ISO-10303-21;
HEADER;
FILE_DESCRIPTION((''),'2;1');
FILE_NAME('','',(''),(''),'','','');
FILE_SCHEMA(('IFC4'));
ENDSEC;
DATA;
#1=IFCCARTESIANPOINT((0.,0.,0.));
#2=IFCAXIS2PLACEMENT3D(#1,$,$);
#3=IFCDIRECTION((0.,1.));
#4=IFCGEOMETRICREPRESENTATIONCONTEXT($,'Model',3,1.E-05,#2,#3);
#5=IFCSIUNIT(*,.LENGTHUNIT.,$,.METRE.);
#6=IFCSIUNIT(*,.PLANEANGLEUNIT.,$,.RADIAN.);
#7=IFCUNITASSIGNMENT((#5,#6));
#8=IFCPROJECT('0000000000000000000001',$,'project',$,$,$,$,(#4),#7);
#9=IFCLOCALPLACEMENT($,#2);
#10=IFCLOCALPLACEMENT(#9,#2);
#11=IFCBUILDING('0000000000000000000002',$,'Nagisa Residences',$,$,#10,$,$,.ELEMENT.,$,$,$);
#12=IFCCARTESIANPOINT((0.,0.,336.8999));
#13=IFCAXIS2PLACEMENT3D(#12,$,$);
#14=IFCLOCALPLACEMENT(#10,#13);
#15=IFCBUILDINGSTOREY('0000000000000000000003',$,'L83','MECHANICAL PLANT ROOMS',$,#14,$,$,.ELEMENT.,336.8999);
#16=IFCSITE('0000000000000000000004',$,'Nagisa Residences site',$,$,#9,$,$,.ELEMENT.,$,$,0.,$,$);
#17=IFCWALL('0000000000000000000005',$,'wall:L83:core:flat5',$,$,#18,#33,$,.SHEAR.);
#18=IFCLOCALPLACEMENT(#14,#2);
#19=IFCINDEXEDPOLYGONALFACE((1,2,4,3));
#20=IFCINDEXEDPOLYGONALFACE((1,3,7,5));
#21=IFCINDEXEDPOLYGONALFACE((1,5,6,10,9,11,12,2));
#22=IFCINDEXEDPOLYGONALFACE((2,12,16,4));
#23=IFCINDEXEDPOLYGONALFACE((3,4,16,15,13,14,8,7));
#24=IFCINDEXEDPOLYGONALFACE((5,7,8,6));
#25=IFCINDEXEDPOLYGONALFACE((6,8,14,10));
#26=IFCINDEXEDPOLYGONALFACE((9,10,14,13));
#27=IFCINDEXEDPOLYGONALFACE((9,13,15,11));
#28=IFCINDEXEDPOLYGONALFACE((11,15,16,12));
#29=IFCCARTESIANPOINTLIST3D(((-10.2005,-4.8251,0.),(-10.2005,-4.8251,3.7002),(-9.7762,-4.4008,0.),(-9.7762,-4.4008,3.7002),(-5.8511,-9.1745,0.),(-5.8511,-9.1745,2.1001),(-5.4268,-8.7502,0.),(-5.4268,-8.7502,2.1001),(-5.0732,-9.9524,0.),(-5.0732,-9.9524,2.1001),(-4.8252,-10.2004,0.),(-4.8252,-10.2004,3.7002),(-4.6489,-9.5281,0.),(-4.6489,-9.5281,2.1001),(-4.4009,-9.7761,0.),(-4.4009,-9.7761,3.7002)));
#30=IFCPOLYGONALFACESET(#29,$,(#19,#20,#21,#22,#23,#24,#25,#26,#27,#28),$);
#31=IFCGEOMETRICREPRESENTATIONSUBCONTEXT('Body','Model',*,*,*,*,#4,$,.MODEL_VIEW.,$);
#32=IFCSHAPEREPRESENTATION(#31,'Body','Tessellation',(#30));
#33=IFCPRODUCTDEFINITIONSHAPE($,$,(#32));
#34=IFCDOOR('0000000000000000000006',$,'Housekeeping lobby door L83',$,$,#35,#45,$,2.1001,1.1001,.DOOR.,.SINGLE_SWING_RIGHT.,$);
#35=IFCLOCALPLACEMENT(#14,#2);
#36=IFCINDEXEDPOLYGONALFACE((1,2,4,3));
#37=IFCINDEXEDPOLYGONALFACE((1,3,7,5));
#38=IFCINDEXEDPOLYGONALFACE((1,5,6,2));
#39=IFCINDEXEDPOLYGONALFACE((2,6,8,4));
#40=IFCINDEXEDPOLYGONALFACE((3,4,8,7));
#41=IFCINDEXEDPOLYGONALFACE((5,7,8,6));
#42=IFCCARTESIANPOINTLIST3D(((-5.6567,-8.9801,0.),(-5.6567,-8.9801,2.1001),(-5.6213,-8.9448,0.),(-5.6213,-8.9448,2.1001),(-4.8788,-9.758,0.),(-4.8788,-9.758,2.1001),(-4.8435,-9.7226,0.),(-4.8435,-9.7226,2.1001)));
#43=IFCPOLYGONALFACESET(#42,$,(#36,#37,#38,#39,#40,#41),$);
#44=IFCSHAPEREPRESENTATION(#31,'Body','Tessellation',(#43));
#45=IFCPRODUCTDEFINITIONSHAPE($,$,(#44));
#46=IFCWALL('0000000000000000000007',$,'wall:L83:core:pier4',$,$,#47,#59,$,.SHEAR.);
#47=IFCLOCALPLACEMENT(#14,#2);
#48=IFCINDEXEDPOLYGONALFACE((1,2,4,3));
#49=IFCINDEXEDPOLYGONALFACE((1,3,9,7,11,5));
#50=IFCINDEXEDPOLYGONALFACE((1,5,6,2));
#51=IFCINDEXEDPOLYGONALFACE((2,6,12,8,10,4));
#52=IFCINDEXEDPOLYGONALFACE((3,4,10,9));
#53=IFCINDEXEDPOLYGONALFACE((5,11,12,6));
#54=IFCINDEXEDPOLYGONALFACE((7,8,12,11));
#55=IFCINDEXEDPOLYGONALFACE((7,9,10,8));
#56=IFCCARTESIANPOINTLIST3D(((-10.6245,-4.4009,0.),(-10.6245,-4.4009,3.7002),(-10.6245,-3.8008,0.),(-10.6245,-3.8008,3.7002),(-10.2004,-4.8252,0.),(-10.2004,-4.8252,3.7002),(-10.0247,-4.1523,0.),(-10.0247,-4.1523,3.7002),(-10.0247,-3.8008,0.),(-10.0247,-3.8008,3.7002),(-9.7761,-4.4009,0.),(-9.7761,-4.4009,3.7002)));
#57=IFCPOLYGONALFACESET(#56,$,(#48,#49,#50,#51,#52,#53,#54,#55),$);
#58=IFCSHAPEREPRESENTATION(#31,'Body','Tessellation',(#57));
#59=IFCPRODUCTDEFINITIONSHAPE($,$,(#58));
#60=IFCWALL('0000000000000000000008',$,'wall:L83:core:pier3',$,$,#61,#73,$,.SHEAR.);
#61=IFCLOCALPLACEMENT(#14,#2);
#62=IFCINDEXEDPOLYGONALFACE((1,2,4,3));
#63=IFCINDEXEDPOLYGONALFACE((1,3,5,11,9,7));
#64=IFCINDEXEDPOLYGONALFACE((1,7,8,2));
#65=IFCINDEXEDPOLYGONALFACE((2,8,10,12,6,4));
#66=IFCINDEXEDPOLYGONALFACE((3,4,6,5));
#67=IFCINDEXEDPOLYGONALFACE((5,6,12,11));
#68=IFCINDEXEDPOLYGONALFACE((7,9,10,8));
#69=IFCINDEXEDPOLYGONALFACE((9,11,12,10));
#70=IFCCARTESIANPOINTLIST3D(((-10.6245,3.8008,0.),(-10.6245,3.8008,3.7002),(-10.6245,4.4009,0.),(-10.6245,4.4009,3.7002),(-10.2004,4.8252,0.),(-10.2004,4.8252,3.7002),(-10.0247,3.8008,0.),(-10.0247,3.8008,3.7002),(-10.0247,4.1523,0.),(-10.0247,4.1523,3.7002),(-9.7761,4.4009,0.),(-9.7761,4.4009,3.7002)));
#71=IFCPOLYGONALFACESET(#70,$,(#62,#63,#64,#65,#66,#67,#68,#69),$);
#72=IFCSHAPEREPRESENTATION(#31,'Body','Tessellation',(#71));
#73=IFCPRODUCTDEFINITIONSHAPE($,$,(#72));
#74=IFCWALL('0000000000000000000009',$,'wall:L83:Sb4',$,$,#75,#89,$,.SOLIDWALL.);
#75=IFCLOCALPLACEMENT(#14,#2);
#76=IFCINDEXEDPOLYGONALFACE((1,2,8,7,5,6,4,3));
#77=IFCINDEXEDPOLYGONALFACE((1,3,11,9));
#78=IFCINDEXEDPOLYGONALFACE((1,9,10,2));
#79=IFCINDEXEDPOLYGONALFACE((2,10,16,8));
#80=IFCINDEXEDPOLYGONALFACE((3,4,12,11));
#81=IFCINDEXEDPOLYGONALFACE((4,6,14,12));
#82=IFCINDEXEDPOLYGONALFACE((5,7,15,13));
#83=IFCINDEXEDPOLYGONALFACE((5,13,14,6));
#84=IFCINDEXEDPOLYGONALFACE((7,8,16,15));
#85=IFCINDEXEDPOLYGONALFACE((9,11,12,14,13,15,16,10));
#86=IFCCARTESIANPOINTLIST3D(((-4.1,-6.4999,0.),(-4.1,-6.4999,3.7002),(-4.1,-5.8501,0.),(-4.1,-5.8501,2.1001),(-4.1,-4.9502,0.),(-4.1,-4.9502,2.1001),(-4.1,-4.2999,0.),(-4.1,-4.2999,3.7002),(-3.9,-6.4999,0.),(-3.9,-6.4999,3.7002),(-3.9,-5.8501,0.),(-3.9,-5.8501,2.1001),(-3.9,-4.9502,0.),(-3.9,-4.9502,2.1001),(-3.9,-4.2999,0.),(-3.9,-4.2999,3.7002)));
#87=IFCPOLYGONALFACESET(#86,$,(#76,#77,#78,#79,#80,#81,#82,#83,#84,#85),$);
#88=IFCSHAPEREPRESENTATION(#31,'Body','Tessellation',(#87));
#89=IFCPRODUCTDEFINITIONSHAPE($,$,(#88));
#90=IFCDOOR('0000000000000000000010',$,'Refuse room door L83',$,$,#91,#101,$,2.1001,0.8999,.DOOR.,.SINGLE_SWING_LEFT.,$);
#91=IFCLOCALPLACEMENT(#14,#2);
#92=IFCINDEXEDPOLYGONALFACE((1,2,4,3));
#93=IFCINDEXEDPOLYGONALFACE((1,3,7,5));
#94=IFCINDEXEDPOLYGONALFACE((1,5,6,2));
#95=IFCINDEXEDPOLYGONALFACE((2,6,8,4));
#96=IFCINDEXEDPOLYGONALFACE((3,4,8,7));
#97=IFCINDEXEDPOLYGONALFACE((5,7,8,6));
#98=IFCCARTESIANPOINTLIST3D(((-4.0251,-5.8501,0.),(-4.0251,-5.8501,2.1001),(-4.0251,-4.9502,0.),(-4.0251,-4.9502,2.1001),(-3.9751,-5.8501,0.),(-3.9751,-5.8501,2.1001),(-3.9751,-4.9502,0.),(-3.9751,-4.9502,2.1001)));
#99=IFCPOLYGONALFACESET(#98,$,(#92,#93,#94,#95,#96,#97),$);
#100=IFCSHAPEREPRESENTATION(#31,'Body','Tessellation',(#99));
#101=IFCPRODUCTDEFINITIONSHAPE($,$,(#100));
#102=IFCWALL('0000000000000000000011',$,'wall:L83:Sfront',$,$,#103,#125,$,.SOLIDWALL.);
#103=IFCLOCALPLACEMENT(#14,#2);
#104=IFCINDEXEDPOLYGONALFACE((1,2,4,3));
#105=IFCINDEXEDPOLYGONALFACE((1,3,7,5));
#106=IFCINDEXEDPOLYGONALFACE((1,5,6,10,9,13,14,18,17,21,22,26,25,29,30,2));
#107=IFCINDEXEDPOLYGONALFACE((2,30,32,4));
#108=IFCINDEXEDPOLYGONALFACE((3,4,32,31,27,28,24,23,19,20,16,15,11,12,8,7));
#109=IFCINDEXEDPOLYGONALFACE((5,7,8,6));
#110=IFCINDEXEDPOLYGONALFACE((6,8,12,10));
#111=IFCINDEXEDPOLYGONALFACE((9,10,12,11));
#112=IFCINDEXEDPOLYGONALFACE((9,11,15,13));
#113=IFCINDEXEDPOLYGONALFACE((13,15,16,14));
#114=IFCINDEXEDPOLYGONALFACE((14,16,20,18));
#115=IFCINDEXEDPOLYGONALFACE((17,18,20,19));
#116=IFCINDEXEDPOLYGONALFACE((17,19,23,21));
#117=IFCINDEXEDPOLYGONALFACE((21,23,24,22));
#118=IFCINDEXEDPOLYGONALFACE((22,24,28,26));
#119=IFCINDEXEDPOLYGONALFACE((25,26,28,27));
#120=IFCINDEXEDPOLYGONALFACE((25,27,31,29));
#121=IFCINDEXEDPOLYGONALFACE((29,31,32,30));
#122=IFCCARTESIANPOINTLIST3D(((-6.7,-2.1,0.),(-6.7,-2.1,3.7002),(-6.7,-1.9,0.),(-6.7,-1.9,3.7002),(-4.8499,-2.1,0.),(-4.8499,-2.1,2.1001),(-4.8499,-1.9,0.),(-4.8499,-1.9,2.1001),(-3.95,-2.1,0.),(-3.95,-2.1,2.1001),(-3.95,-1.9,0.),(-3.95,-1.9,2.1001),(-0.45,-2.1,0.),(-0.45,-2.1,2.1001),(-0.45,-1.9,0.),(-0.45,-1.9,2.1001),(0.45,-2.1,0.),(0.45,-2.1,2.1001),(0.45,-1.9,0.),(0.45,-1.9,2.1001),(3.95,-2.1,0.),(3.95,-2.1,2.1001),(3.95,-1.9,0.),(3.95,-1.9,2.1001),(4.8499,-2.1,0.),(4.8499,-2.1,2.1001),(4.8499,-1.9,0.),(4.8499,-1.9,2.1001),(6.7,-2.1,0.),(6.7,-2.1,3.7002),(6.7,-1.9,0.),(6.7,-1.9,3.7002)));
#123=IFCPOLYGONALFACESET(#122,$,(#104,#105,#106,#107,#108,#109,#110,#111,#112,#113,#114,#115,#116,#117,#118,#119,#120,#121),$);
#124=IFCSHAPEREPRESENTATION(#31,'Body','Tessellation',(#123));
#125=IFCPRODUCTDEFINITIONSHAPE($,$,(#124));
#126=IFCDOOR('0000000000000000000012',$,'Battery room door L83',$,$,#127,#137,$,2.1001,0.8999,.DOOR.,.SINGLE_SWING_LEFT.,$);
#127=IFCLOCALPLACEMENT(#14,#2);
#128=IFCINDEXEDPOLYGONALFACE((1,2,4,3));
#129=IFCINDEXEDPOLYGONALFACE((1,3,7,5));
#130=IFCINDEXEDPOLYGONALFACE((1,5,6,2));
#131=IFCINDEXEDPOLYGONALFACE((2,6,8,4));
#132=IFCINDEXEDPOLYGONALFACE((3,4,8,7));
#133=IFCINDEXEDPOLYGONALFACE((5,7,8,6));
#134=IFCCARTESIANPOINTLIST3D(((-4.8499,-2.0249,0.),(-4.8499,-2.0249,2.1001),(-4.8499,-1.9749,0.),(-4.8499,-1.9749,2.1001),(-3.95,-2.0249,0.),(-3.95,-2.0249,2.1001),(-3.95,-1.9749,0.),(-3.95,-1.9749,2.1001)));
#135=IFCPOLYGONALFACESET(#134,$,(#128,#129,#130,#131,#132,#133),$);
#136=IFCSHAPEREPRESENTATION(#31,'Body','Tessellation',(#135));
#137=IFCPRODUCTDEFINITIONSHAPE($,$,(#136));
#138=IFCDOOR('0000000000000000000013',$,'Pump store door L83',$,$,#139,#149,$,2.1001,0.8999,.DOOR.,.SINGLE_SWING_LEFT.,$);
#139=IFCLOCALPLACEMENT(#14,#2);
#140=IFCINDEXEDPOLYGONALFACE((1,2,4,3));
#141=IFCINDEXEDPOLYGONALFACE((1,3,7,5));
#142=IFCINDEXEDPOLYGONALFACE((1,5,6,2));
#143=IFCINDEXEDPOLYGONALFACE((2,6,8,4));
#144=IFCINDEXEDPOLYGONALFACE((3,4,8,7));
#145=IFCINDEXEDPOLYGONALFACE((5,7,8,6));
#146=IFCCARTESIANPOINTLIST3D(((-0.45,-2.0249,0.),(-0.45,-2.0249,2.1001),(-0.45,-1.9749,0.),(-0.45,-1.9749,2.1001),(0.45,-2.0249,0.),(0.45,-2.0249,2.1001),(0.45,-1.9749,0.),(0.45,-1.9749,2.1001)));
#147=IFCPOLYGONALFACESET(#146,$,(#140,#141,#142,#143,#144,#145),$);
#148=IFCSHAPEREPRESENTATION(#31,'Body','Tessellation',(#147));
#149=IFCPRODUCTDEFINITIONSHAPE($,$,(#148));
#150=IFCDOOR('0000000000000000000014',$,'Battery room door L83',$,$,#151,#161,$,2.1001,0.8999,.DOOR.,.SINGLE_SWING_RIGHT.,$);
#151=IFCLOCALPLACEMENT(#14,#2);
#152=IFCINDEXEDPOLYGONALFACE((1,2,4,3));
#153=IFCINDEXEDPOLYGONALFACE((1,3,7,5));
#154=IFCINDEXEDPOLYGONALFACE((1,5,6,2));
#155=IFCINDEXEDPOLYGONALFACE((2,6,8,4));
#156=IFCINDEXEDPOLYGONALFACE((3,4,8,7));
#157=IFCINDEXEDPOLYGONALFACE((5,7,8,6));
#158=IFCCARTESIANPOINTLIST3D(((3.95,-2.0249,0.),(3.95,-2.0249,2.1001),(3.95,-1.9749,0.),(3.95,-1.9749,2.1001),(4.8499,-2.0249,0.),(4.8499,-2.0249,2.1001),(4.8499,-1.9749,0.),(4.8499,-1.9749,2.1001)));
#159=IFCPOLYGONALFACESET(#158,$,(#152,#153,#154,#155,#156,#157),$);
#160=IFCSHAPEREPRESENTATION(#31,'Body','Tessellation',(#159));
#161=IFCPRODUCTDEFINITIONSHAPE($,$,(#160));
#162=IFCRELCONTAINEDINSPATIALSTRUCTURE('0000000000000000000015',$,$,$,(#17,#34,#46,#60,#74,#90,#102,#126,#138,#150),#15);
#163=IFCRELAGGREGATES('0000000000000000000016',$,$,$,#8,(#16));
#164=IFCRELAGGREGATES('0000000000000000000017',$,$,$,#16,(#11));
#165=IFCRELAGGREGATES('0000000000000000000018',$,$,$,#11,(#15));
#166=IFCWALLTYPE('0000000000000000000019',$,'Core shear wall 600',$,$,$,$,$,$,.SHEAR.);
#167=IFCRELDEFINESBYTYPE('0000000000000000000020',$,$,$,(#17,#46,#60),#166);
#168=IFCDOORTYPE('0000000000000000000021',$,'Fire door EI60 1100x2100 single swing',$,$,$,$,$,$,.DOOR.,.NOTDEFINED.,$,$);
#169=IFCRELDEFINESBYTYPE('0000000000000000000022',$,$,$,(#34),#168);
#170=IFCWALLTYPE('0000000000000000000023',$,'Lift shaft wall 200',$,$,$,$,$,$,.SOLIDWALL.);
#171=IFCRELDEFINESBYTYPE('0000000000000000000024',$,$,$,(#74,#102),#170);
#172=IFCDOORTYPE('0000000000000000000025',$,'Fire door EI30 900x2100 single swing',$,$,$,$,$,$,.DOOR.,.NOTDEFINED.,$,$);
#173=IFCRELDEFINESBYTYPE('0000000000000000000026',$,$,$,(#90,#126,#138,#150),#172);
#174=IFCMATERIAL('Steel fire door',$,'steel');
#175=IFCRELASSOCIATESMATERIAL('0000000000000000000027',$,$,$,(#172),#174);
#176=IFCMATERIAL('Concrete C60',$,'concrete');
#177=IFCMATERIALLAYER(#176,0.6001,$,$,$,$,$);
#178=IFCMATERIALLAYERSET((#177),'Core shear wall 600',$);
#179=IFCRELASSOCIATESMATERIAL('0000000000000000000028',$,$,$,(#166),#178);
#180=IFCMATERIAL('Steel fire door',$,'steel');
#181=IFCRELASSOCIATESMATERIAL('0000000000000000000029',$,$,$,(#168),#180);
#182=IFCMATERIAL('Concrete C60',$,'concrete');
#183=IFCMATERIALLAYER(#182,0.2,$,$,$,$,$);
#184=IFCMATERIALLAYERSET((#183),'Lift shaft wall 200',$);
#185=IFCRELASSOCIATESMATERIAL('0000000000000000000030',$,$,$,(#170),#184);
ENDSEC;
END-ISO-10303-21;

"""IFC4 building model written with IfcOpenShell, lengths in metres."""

from ifc_helpers import new_model, si_unit, direction, frame, frame_2d, origin, place, context, subcontext, project, spatial, polyline, rectangle, outline, extrude, material, layer, layer_set, type_object, element, fill, save


model = new_model("IFC4")

# Units and contexts
model_context = context("Model", 3, precision=1e-05, world=origin(), true_north=direction((0.0, 1.0)))
body_context = subcontext(model_context, "Body", "Model", "MODEL_VIEW")
ifc_project = project(units=[si_unit("LENGTHUNIT", "METRE"), si_unit("PLANEANGLEUNIT", "RADIAN")], contexts=[model_context])

# Site, building, storey
site_placement = place(None, origin())
site = spatial("IfcSite", under=ifc_project, at=site_placement, Name="Nagisa Residences site", CompositionType="ELEMENT", RefElevation=0.0)
building_placement = place(site_placement, origin())
building = spatial("IfcBuilding", under=site, at=building_placement, Name="Nagisa Residences", CompositionType="ELEMENT")
storey_placement = place(building_placement, frame((0.0, 0.0, 336.8999)))
storey = spatial("IfcBuildingStorey", under=building, at=storey_placement, Name="L83", Description="MECHANICAL PLANT ROOMS", CompositionType="ELEMENT", Elevation=336.8999)

# Shared definitions
ifc_material_1 = material(Name="Steel fire door", Category="steel")
door_type_1 = type_object("IfcDoorType", Name="Fire door EI30 900x2100 single swing", OperationType="NOTDEFINED", PredefinedType="DOOR", material=ifc_material_1)

# Wall, opening, door
ifc_material_2 = material(Name="Concrete C60", Category="concrete")
ifc_layer_1 = layer(ifc_material_2, 0.6001)
ifc_layer_set_1 = layer_set([ifc_layer_1], Name="Core shear wall 600")
wall_type_1 = type_object("IfcWallType", Name="Core shear wall 600", PredefinedType="SHEAR", material=ifc_layer_set_1)
wall_1_placement = place(storey_placement, frame((-9.9883, -4.613, 0.0), z_axis=(0.0, 0.0, 1.0), x_axis=(0.707107, -0.707107, 0.0)))
wall_1 = element("IfcWall", 1, at=wall_1_placement, inside=storey, type_object=wall_type_1, Name="wall:L83:core:flat5", PredefinedType="SHEAR", context=body_context, shape_type="SweptSolid", body=[
    extrude(rectangle(XDim=7.6018, YDim=0.6001, at=frame_2d((3.8008, 0.0))), origin(), (0.0, 0.0, 1.0), 3.7002),
])
opening_1_placement = place(wall_1_placement, frame((6.1509, 0.0, 0.0)))
opening_1 = element("IfcOpeningElement", 2, at=opening_1_placement, cuts=wall_1, PredefinedType="OPENING", context=body_context, shape_type="SweptSolid", body=[
    extrude(rectangle(XDim=1.1001, YDim=2.1001, at=frame_2d((0.55, 1.05))), frame((0.0, 0.3101, 0.0), z_axis=(0.0, -1.0, 0.0), x_axis=(1.0, 0.0, 0.0)), (0.0, 0.0, 1.0), 0.6201),
])
ifc_material_3 = material(Name="Steel fire door", Category="steel")
door_type_2 = type_object("IfcDoorType", Name="Fire door EI60 1100x2100 single swing", OperationType="NOTDEFINED", PredefinedType="DOOR", material=ifc_material_3)
door_1_placement = place(opening_1_placement, origin())
door_1 = element("IfcDoor", 3, at=door_1_placement, inside=storey, type_object=door_type_2, Name="Housekeeping lobby door L83", OperationType="SINGLE_SWING_RIGHT", OverallHeight=2.1001, OverallWidth=1.1001, PredefinedType="DOOR", context=body_context, shape_type="SweptSolid", body=[
    extrude(rectangle(XDim=1.1001, YDim=2.1001, at=frame_2d((0.55, 1.05))), frame((0.0, 0.0249, 0.0), z_axis=(0.0, -1.0, 0.0), x_axis=(1.0, 0.0, 0.0)), (0.0, 0.0, 1.0), 0.05),
])
fill(opening_1, door_1)

# Walls
wall_2_placement = place(storey_placement, origin())
element("IfcWall", 4, at=wall_2_placement, inside=storey, type_object=wall_type_1, Name="wall:L83:core:pier4", PredefinedType="SHEAR", context=body_context, shape_type="SweptSolid", body=[
    extrude(outline(polyline([(-10.6245, -3.8008), (-10.0247, -3.8008), (-10.0247, -4.1523), (-9.7761, -4.4009), (-10.2004, -4.8252), (-10.6245, -4.4009), (-10.6245, -3.8008)])), origin(), (0.0, 0.0, 1.0), 3.7002),
])
wall_3_placement = place(storey_placement, origin())
element("IfcWall", 5, at=wall_3_placement, inside=storey, type_object=wall_type_1, Name="wall:L83:core:pier3", PredefinedType="SHEAR", context=body_context, shape_type="SweptSolid", body=[
    extrude(outline(polyline([(-10.2004, 4.8252), (-9.7761, 4.4009), (-10.0247, 4.1523), (-10.0247, 3.8008), (-10.6245, 3.8008), (-10.6245, 4.4009), (-10.2004, 4.8252)])), origin(), (0.0, 0.0, 1.0), 3.7002),
])

# Wall, opening, door
ifc_material_4 = material(Name="Concrete C60", Category="concrete")
ifc_layer_2 = layer(ifc_material_4, 0.2)
ifc_layer_set_2 = layer_set([ifc_layer_2], Name="Lift shaft wall 200")
wall_type_2 = type_object("IfcWallType", Name="Lift shaft wall 200", PredefinedType="SOLIDWALL", material=ifc_layer_set_2)
wall_4_placement = place(storey_placement, frame((-4.0, -6.5, 0.0), z_axis=(0.0, 0.0, 1.0), x_axis=(0.0, 1.0, 0.0)))
wall_4 = element("IfcWall", 6, at=wall_4_placement, inside=storey, type_object=wall_type_2, Name="wall:L83:Sb4", PredefinedType="SOLIDWALL", context=body_context, shape_type="SweptSolid", body=[
    extrude(rectangle(XDim=2.2, YDim=0.2, at=frame_2d((1.1001, 0.0))), origin(), (0.0, 0.0, 1.0), 3.7002),
])
opening_2_placement = place(wall_4_placement, frame((0.6499, 0.0, 0.0)))
opening_2 = element("IfcOpeningElement", 7, at=opening_2_placement, cuts=wall_4, PredefinedType="OPENING", context=body_context, shape_type="SweptSolid", body=[
    extrude(rectangle(XDim=0.8999, YDim=2.1001, at=frame_2d((0.45, 1.05))), frame((0.0, 0.1099, 0.0), z_axis=(0.0, -1.0, 0.0), x_axis=(1.0, 0.0, 0.0)), (0.0, 0.0, 1.0), 0.22),
])
door_2_placement = place(opening_2_placement, frame((0.8999, 0.0, 0.0), x_axis=(-1.0, 0.0, 0.0)))
door_2 = element("IfcDoor", 8, at=door_2_placement, inside=storey, type_object=door_type_1, Name="Refuse room door L83", OperationType="SINGLE_SWING_LEFT", OverallHeight=2.1001, OverallWidth=0.8999, PredefinedType="DOOR", context=body_context, shape_type="SweptSolid", body=[
    extrude(rectangle(XDim=0.8999, YDim=2.1001, at=frame_2d((0.45, 1.05))), frame((0.0, 0.0249, 0.0), z_axis=(0.0, -1.0, 0.0), x_axis=(1.0, 0.0, 0.0)), (0.0, 0.0, 1.0), 0.05),
])
fill(opening_2, door_2)

# Wall, openings, doors
wall_5_placement = place(storey_placement, frame((-6.7, -2.0, 0.0), z_axis=(0.0, 0.0, 1.0), x_axis=(1.0, 0.0, 0.0)))
wall_5 = element("IfcWall", 9, at=wall_5_placement, inside=storey, type_object=wall_type_2, Name="wall:L83:Sfront", PredefinedType="SOLIDWALL", context=body_context, shape_type="SweptSolid", body=[
    extrude(rectangle(XDim=13.3999, YDim=0.2, at=frame_2d((6.7, 0.0))), origin(), (0.0, 0.0, 1.0), 3.7002),
])
opening_3_placement = place(wall_5_placement, frame((1.8501, 0.0, 0.0)))
opening_3 = element("IfcOpeningElement", 10, at=opening_3_placement, cuts=wall_5, PredefinedType="OPENING", context=body_context, shape_type="SweptSolid", body=[
    extrude(rectangle(XDim=0.8999, YDim=2.1001, at=frame_2d((0.45, 1.05))), frame((0.0, 0.1099, 0.0), z_axis=(0.0, -1.0, 0.0), x_axis=(1.0, 0.0, 0.0)), (0.0, 0.0, 1.0), 0.22),
])
opening_4_placement = place(wall_5_placement, frame((6.25, 0.0, 0.0)))
opening_4 = element("IfcOpeningElement", 11, at=opening_4_placement, cuts=wall_5, PredefinedType="OPENING", context=body_context, shape_type="SweptSolid", body=[
    extrude(rectangle(XDim=0.8999, YDim=2.1001, at=frame_2d((0.45, 1.05))), frame((0.0, 0.1099, 0.0), z_axis=(0.0, -1.0, 0.0), x_axis=(1.0, 0.0, 0.0)), (0.0, 0.0, 1.0), 0.22),
])
opening_5_placement = place(wall_5_placement, frame((10.6499, 0.0, 0.0)))
opening_5 = element("IfcOpeningElement", 12, at=opening_5_placement, cuts=wall_5, PredefinedType="OPENING", context=body_context, shape_type="SweptSolid", body=[
    extrude(rectangle(XDim=0.8999, YDim=2.1001, at=frame_2d((0.45, 1.05))), frame((0.0, 0.1099, 0.0), z_axis=(0.0, -1.0, 0.0), x_axis=(1.0, 0.0, 0.0)), (0.0, 0.0, 1.0), 0.22),
])
door_3_placement = place(opening_3_placement, frame((0.8999, 0.0, 0.0), x_axis=(-1.0, 0.0, 0.0)))
door_3 = element("IfcDoor", 13, at=door_3_placement, inside=storey, type_object=door_type_1, Name="Battery room door L83", OperationType="SINGLE_SWING_LEFT", OverallHeight=2.1001, OverallWidth=0.8999, PredefinedType="DOOR", context=body_context, shape_type="SweptSolid", body=[
    extrude(rectangle(XDim=0.8999, YDim=2.1001, at=frame_2d((0.45, 1.05))), frame((0.0, 0.0249, 0.0), z_axis=(0.0, -1.0, 0.0), x_axis=(1.0, 0.0, 0.0)), (0.0, 0.0, 1.0), 0.05),
])
fill(opening_3, door_3)
door_4_placement = place(opening_4_placement, frame((0.8999, 0.0, 0.0), x_axis=(-1.0, 0.0, 0.0)))
door_4 = element("IfcDoor", 14, at=door_4_placement, inside=storey, type_object=door_type_1, Name="Pump store door L83", OperationType="SINGLE_SWING_LEFT", OverallHeight=2.1001, OverallWidth=0.8999, PredefinedType="DOOR", context=body_context, shape_type="SweptSolid", body=[
    extrude(rectangle(XDim=0.8999, YDim=2.1001, at=frame_2d((0.45, 1.05))), frame((0.0, 0.0249, 0.0), z_axis=(0.0, -1.0, 0.0), x_axis=(1.0, 0.0, 0.0)), (0.0, 0.0, 1.0), 0.05),
])
fill(opening_4, door_4)
door_5_placement = place(opening_5_placement, frame((0.8999, 0.0, 0.0), x_axis=(-1.0, 0.0, 0.0)))
door_5 = element("IfcDoor", 15, at=door_5_placement, inside=storey, type_object=door_type_1, Name="Battery room door L83", OperationType="SINGLE_SWING_RIGHT", OverallHeight=2.1001, OverallWidth=0.8999, PredefinedType="DOOR", context=body_context, shape_type="SweptSolid", body=[
    extrude(rectangle(XDim=0.8999, YDim=2.1001, at=frame_2d((0.45, 1.05))), frame((0.0, 0.0249, 0.0), z_axis=(0.0, -1.0, 0.0), x_axis=(1.0, 0.0, 0.0)), (0.0, 0.0, 1.0), 0.05),
])
fill(opening_5, door_5)

save(model, "model.ifc")
